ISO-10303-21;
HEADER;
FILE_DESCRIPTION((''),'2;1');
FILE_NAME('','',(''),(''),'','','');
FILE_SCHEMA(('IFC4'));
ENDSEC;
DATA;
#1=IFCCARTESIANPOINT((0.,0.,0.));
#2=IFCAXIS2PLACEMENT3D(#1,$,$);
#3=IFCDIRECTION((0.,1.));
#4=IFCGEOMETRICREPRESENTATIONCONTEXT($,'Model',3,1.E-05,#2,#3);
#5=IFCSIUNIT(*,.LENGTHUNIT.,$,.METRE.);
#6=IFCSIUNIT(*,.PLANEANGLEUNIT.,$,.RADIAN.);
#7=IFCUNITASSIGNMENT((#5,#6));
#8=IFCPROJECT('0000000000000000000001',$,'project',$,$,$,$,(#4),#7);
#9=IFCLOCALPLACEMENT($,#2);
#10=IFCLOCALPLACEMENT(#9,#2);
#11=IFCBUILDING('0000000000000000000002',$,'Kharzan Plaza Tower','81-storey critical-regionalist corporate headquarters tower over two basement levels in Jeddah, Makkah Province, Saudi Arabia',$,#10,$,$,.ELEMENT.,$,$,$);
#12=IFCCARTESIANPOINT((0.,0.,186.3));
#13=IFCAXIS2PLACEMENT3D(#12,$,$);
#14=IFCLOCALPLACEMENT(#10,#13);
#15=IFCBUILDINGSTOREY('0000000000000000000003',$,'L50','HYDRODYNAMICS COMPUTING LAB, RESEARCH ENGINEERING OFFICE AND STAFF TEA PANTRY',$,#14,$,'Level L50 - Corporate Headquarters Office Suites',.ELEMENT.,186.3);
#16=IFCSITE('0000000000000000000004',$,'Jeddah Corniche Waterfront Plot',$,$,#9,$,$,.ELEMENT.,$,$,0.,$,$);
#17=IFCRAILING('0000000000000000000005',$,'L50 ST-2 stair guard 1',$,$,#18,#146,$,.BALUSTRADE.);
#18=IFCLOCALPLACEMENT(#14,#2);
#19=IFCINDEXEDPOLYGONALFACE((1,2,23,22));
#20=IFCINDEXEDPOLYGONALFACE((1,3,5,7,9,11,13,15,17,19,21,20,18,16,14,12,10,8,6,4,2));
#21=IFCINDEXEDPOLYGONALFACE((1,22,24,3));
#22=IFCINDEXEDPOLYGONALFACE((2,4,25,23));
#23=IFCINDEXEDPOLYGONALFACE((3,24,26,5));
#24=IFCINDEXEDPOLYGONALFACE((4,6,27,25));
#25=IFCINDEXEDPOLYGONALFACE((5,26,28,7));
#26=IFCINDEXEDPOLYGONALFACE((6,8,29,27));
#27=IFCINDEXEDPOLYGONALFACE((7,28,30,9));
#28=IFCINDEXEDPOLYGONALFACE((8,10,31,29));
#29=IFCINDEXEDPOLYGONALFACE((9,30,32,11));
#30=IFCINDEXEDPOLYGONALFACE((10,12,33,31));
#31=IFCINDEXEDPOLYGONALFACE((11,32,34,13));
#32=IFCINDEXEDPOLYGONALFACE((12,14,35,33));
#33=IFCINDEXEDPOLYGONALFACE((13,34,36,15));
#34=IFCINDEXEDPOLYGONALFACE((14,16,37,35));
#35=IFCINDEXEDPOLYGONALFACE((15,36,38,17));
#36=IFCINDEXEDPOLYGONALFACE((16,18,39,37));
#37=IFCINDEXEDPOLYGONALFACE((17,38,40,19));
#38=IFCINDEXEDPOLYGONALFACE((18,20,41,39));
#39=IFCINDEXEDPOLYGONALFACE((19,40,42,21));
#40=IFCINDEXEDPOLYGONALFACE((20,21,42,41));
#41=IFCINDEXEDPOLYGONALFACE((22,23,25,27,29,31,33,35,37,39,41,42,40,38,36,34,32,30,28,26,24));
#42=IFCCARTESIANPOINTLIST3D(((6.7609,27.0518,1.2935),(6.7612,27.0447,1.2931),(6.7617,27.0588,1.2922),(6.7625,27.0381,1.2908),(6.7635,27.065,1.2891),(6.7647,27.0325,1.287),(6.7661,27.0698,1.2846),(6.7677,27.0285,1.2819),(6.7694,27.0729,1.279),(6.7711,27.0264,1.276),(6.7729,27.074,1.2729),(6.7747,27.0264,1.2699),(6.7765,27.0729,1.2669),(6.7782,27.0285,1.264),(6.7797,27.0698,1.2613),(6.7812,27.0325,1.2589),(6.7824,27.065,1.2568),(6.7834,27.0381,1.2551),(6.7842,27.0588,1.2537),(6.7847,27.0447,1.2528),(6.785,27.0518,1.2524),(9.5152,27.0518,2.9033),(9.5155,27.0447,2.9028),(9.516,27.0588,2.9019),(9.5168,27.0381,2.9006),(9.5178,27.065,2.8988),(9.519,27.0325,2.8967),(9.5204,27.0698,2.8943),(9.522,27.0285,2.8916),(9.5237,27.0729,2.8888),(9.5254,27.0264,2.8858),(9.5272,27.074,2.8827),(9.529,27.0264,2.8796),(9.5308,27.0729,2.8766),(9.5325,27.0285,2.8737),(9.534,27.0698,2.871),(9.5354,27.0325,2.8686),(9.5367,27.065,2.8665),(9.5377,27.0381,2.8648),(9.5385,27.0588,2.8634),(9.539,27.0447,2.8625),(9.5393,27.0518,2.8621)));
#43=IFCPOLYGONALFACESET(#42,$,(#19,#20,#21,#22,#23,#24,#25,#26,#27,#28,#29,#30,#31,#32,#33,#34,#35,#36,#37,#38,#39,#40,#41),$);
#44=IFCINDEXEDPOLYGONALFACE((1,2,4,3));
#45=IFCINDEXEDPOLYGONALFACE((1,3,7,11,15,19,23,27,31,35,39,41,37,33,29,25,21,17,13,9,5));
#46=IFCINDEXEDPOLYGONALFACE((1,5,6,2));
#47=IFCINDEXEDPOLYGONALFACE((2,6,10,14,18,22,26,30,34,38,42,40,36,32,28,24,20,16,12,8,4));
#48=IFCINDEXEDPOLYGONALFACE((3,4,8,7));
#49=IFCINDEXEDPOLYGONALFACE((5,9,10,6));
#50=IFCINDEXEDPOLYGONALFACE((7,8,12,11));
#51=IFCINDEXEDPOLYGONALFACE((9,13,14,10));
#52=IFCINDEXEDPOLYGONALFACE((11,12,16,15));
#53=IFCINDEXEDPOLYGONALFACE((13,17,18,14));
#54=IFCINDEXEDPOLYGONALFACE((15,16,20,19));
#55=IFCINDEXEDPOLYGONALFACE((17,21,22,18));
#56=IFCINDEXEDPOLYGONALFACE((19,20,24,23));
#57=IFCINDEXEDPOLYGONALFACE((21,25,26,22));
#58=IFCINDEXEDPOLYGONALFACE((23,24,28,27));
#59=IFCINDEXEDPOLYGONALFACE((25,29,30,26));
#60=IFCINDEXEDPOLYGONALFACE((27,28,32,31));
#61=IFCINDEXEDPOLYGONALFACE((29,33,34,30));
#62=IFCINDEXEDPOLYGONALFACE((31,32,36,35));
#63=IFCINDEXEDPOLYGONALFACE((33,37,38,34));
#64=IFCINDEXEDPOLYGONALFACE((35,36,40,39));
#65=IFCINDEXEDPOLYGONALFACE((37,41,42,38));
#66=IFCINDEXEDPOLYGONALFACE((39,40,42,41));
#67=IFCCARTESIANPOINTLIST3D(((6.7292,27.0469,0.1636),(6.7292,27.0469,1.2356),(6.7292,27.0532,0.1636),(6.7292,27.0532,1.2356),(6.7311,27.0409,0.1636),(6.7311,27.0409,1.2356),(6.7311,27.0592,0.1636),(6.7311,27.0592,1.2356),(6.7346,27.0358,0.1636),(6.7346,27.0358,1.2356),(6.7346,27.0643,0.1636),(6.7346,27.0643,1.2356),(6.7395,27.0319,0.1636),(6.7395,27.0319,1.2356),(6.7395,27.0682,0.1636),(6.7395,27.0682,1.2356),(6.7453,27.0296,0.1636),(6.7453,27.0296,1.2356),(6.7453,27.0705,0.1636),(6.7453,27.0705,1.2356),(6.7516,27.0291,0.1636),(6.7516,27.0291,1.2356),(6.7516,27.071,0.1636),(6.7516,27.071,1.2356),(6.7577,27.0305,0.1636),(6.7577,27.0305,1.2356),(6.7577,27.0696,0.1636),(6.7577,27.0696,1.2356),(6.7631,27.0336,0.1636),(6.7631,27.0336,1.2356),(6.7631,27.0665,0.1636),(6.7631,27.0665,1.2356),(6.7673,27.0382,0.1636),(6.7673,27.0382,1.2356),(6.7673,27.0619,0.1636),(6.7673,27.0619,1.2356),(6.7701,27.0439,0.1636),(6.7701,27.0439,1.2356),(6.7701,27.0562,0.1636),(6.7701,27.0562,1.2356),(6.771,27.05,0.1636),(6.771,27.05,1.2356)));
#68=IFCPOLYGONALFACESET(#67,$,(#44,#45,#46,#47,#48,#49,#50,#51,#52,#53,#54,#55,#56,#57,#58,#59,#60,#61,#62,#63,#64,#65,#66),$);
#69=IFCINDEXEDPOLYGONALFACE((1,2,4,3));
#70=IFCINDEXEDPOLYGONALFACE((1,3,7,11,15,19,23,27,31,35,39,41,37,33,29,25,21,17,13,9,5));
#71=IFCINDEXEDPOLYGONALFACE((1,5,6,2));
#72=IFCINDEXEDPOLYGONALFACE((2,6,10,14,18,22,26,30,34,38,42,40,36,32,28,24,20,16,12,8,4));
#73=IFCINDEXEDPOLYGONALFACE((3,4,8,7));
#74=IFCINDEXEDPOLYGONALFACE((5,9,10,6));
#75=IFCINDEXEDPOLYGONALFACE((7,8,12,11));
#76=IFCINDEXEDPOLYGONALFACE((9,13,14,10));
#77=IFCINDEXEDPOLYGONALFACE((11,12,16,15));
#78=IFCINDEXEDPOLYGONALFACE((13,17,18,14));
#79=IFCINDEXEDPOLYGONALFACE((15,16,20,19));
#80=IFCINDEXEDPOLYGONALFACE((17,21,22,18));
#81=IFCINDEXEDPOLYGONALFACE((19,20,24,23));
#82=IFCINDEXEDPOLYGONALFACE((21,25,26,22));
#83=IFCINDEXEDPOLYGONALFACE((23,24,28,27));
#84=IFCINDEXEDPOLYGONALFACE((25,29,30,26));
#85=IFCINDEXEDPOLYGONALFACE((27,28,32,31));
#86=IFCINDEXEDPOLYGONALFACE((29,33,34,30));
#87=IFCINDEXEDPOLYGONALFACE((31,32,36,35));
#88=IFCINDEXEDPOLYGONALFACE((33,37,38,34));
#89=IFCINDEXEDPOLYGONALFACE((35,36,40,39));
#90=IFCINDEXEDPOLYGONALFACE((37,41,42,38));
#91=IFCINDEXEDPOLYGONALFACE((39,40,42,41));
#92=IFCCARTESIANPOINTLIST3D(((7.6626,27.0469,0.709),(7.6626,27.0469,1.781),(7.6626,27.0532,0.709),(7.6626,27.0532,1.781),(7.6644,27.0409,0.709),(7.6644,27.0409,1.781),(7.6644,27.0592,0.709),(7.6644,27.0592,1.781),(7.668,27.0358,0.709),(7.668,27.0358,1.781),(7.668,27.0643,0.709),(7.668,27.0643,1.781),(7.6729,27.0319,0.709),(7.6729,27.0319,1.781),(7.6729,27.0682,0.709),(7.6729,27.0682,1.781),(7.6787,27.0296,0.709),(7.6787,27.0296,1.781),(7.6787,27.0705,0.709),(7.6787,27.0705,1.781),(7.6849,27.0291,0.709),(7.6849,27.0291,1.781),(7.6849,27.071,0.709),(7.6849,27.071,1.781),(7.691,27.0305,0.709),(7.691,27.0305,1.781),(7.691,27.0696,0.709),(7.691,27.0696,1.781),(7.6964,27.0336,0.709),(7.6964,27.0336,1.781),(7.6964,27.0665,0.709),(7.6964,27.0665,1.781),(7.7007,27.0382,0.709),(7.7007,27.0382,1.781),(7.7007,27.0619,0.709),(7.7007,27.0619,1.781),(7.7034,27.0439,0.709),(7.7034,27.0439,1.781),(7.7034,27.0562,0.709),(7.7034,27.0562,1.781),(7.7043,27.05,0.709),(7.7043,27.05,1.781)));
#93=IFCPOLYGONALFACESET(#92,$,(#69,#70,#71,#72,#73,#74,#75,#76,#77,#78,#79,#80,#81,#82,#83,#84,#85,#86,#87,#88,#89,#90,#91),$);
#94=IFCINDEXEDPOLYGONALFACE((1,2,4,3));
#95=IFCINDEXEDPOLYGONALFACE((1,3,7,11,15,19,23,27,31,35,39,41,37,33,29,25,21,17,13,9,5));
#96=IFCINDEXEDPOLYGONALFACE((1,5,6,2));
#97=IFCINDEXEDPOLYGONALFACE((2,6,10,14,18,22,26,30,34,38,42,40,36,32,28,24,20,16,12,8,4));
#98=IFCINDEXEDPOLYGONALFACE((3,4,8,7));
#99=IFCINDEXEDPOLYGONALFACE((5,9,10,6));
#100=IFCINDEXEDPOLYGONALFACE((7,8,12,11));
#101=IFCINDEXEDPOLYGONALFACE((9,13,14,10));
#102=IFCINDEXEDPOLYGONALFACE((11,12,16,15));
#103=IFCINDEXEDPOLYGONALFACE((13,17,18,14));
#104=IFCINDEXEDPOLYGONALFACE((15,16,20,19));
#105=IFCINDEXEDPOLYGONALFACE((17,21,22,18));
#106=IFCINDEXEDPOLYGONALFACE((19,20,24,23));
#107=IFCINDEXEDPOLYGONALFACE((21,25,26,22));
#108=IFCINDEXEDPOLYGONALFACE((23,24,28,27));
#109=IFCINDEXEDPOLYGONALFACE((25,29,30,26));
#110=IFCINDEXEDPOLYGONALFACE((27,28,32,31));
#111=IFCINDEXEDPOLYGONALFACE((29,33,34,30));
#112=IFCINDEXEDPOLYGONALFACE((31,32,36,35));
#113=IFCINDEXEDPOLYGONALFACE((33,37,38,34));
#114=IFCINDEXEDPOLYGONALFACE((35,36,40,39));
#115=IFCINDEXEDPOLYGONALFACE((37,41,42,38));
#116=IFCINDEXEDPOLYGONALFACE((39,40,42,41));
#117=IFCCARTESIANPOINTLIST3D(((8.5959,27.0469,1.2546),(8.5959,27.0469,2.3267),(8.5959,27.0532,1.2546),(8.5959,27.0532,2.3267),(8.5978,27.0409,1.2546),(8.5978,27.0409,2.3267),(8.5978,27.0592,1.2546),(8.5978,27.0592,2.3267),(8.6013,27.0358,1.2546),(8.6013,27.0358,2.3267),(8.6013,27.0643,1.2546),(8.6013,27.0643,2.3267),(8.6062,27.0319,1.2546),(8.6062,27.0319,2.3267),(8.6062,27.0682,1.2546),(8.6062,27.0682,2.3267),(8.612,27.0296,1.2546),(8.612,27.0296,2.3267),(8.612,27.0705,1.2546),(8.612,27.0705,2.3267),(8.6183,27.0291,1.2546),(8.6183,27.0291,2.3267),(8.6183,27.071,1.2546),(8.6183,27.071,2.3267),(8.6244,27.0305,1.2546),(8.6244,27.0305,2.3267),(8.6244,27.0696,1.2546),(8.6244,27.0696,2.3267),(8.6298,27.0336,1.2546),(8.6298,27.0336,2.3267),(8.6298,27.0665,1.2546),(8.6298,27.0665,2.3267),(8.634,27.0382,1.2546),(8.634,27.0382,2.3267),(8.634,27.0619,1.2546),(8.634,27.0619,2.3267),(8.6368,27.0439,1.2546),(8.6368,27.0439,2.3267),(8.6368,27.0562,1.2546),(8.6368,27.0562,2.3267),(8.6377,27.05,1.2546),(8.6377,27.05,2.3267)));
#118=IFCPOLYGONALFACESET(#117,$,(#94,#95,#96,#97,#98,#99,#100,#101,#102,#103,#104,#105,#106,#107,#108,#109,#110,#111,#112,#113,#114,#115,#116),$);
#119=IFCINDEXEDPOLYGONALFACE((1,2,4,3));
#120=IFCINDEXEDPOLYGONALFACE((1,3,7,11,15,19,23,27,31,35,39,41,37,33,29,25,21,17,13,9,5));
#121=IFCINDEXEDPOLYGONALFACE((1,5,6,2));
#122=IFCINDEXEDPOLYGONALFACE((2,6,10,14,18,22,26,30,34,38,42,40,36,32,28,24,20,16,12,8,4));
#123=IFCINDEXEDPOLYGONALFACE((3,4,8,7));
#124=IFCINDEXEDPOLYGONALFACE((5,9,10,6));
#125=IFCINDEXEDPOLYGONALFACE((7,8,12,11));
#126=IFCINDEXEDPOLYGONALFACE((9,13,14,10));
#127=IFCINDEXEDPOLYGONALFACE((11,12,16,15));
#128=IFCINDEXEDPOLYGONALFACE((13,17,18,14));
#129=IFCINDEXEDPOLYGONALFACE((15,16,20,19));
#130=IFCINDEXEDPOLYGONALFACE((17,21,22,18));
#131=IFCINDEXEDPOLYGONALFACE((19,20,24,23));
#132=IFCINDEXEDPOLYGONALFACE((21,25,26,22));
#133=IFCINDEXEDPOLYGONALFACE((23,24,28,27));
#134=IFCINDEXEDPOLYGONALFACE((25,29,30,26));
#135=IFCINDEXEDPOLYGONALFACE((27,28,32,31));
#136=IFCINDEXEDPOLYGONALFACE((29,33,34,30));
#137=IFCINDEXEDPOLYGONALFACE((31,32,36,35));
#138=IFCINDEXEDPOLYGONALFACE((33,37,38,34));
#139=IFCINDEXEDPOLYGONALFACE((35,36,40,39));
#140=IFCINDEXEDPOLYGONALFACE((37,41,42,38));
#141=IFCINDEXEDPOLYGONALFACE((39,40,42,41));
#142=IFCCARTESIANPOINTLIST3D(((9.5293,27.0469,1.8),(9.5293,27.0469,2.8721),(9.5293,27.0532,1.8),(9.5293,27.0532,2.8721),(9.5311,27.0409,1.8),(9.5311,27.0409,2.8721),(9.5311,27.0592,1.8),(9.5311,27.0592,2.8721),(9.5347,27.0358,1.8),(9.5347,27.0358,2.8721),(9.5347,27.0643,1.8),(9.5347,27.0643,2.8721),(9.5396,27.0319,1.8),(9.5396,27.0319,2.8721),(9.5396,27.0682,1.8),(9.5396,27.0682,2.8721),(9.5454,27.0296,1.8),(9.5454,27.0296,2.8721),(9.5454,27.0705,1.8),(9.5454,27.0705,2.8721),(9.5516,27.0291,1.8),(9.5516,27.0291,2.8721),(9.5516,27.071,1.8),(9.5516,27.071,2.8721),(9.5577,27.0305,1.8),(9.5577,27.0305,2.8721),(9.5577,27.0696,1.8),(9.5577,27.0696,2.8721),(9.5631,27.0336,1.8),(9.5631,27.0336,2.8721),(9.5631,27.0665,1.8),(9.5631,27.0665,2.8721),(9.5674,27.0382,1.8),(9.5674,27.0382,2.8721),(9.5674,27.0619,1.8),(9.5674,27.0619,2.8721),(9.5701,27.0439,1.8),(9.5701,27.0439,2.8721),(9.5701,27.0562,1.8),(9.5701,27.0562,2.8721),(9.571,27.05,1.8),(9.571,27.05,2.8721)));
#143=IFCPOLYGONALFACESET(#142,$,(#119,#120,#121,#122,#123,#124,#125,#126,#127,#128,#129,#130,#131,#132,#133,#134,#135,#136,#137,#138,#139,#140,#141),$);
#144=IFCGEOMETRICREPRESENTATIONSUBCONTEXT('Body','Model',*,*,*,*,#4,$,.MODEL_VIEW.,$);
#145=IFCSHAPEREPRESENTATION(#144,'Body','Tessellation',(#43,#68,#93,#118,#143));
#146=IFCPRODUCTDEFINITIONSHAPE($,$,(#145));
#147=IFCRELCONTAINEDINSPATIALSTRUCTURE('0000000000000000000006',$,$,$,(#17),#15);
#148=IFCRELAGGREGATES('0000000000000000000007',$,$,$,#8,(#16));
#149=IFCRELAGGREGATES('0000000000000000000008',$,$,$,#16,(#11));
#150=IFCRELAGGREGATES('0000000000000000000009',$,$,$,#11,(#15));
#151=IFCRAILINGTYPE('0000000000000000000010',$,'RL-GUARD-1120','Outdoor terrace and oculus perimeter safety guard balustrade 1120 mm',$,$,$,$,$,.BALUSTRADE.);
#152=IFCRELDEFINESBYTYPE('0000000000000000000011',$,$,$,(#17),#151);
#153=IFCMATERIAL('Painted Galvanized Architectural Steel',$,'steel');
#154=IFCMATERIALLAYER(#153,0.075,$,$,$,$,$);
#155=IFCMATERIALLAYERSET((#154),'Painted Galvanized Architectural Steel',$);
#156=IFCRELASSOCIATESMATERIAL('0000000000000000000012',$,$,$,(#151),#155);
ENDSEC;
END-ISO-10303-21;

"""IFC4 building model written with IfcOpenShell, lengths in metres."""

from ifc_helpers import new_model, si_unit, direction, frame, origin, origin_2d, place, context, subcontext, project, spatial, circle, extrude, source, transform, mapped, material, layer, layer_set, type_object, element, save


model = new_model("IFC4")

# Units and contexts
model_context = context("Model", 3, precision=1e-05, world=origin(), true_north=direction((0.0, 1.0)))
body_context = subcontext(model_context, "Body", "Model", "MODEL_VIEW")
ifc_project = project(units=[si_unit("LENGTHUNIT", "METRE"), si_unit("PLANEANGLEUNIT", "RADIAN")], contexts=[model_context])

# Site, building, storey
site_placement = place(None, origin())
site = spatial("IfcSite", under=ifc_project, at=site_placement, Name="Jeddah Corniche Waterfront Plot", CompositionType="ELEMENT", RefElevation=0.0)
building_placement = place(site_placement, origin())
building = spatial("IfcBuilding", under=site, at=building_placement, Name="Kharzan Plaza Tower", Description="81-storey critical-regionalist corporate headquarters tower over two basement levels in Jeddah, Makkah Province, Saudi Arabia", CompositionType="ELEMENT")
storey_placement = place(building_placement, frame((0.0, 0.0, 186.3)))
storey = spatial("IfcBuildingStorey", under=building, at=storey_placement, Name="L50", Description="HYDRODYNAMICS COMPUTING LAB, RESEARCH ENGINEERING OFFICE AND STAFF TEA PANTRY", LongName="Level L50 - Corporate Headquarters Office Suites", CompositionType="ELEMENT", Elevation=186.3)

# Railing
ifc_material_1 = material(Name="Painted Galvanized Architectural Steel", Category="steel")
ifc_layer_1 = layer(ifc_material_1, 0.075)
ifc_layer_set_1 = layer_set([ifc_layer_1], Name="Painted Galvanized Architectural Steel")
railing_type_1 = type_object("IfcRailingType", Name="RL-GUARD-1120", Description="Outdoor terrace and oculus perimeter safety guard balustrade 1120 mm", PredefinedType="BALUSTRADE", material=ifc_layer_set_1)
shared_shape_1 = source(origin(), body_context, "Body", "SweptSolid", [
    extrude(circle(Radius=0.0239, at=origin_2d()), frame((0.0229, 0.0, 1.1094), z_axis=(0.863361, 0.0, 0.504587), x_axis=(0.0, 1.0, 0.0)), (0.0, 0.0, 1.0), 3.1902),
    extrude(circle(Radius=0.021, at=origin_2d()), origin(), (0.0, 0.0, 1.0), 1.072),
    extrude(circle(Radius=0.021, at=origin_2d()), frame((0.9333, 0.0, 0.5454)), (0.0, 0.0, 1.0), 1.072),
    extrude(circle(Radius=0.021, at=origin_2d()), frame((1.8667, 0.0, 1.0911)), (0.0, 0.0, 1.0), 1.072),
    extrude(circle(Radius=0.021, at=origin_2d()), frame((2.8, 0.0, 1.6365)), (0.0, 0.0, 1.0), 1.072),
])
railing_1_placement = place(storey_placement, frame((6.75, 27.05, 0.1636)))
element("IfcRailing", 1, at=railing_1_placement, inside=storey, type_object=railing_type_1, Name="L50 ST-2 stair guard 1", PredefinedType="BALUSTRADE", context=body_context, shape_type="MappedRepresentation", body=[
    mapped(shared_shape_1, transform((0.0, 0.0, 0.0), x_axis=(1.0, 0.0, 0.0), y_axis=(0.0, 1.0, 0.0), z_axis=(0.0, 0.0, 1.0))),
])

save(model, "model.ifc")
